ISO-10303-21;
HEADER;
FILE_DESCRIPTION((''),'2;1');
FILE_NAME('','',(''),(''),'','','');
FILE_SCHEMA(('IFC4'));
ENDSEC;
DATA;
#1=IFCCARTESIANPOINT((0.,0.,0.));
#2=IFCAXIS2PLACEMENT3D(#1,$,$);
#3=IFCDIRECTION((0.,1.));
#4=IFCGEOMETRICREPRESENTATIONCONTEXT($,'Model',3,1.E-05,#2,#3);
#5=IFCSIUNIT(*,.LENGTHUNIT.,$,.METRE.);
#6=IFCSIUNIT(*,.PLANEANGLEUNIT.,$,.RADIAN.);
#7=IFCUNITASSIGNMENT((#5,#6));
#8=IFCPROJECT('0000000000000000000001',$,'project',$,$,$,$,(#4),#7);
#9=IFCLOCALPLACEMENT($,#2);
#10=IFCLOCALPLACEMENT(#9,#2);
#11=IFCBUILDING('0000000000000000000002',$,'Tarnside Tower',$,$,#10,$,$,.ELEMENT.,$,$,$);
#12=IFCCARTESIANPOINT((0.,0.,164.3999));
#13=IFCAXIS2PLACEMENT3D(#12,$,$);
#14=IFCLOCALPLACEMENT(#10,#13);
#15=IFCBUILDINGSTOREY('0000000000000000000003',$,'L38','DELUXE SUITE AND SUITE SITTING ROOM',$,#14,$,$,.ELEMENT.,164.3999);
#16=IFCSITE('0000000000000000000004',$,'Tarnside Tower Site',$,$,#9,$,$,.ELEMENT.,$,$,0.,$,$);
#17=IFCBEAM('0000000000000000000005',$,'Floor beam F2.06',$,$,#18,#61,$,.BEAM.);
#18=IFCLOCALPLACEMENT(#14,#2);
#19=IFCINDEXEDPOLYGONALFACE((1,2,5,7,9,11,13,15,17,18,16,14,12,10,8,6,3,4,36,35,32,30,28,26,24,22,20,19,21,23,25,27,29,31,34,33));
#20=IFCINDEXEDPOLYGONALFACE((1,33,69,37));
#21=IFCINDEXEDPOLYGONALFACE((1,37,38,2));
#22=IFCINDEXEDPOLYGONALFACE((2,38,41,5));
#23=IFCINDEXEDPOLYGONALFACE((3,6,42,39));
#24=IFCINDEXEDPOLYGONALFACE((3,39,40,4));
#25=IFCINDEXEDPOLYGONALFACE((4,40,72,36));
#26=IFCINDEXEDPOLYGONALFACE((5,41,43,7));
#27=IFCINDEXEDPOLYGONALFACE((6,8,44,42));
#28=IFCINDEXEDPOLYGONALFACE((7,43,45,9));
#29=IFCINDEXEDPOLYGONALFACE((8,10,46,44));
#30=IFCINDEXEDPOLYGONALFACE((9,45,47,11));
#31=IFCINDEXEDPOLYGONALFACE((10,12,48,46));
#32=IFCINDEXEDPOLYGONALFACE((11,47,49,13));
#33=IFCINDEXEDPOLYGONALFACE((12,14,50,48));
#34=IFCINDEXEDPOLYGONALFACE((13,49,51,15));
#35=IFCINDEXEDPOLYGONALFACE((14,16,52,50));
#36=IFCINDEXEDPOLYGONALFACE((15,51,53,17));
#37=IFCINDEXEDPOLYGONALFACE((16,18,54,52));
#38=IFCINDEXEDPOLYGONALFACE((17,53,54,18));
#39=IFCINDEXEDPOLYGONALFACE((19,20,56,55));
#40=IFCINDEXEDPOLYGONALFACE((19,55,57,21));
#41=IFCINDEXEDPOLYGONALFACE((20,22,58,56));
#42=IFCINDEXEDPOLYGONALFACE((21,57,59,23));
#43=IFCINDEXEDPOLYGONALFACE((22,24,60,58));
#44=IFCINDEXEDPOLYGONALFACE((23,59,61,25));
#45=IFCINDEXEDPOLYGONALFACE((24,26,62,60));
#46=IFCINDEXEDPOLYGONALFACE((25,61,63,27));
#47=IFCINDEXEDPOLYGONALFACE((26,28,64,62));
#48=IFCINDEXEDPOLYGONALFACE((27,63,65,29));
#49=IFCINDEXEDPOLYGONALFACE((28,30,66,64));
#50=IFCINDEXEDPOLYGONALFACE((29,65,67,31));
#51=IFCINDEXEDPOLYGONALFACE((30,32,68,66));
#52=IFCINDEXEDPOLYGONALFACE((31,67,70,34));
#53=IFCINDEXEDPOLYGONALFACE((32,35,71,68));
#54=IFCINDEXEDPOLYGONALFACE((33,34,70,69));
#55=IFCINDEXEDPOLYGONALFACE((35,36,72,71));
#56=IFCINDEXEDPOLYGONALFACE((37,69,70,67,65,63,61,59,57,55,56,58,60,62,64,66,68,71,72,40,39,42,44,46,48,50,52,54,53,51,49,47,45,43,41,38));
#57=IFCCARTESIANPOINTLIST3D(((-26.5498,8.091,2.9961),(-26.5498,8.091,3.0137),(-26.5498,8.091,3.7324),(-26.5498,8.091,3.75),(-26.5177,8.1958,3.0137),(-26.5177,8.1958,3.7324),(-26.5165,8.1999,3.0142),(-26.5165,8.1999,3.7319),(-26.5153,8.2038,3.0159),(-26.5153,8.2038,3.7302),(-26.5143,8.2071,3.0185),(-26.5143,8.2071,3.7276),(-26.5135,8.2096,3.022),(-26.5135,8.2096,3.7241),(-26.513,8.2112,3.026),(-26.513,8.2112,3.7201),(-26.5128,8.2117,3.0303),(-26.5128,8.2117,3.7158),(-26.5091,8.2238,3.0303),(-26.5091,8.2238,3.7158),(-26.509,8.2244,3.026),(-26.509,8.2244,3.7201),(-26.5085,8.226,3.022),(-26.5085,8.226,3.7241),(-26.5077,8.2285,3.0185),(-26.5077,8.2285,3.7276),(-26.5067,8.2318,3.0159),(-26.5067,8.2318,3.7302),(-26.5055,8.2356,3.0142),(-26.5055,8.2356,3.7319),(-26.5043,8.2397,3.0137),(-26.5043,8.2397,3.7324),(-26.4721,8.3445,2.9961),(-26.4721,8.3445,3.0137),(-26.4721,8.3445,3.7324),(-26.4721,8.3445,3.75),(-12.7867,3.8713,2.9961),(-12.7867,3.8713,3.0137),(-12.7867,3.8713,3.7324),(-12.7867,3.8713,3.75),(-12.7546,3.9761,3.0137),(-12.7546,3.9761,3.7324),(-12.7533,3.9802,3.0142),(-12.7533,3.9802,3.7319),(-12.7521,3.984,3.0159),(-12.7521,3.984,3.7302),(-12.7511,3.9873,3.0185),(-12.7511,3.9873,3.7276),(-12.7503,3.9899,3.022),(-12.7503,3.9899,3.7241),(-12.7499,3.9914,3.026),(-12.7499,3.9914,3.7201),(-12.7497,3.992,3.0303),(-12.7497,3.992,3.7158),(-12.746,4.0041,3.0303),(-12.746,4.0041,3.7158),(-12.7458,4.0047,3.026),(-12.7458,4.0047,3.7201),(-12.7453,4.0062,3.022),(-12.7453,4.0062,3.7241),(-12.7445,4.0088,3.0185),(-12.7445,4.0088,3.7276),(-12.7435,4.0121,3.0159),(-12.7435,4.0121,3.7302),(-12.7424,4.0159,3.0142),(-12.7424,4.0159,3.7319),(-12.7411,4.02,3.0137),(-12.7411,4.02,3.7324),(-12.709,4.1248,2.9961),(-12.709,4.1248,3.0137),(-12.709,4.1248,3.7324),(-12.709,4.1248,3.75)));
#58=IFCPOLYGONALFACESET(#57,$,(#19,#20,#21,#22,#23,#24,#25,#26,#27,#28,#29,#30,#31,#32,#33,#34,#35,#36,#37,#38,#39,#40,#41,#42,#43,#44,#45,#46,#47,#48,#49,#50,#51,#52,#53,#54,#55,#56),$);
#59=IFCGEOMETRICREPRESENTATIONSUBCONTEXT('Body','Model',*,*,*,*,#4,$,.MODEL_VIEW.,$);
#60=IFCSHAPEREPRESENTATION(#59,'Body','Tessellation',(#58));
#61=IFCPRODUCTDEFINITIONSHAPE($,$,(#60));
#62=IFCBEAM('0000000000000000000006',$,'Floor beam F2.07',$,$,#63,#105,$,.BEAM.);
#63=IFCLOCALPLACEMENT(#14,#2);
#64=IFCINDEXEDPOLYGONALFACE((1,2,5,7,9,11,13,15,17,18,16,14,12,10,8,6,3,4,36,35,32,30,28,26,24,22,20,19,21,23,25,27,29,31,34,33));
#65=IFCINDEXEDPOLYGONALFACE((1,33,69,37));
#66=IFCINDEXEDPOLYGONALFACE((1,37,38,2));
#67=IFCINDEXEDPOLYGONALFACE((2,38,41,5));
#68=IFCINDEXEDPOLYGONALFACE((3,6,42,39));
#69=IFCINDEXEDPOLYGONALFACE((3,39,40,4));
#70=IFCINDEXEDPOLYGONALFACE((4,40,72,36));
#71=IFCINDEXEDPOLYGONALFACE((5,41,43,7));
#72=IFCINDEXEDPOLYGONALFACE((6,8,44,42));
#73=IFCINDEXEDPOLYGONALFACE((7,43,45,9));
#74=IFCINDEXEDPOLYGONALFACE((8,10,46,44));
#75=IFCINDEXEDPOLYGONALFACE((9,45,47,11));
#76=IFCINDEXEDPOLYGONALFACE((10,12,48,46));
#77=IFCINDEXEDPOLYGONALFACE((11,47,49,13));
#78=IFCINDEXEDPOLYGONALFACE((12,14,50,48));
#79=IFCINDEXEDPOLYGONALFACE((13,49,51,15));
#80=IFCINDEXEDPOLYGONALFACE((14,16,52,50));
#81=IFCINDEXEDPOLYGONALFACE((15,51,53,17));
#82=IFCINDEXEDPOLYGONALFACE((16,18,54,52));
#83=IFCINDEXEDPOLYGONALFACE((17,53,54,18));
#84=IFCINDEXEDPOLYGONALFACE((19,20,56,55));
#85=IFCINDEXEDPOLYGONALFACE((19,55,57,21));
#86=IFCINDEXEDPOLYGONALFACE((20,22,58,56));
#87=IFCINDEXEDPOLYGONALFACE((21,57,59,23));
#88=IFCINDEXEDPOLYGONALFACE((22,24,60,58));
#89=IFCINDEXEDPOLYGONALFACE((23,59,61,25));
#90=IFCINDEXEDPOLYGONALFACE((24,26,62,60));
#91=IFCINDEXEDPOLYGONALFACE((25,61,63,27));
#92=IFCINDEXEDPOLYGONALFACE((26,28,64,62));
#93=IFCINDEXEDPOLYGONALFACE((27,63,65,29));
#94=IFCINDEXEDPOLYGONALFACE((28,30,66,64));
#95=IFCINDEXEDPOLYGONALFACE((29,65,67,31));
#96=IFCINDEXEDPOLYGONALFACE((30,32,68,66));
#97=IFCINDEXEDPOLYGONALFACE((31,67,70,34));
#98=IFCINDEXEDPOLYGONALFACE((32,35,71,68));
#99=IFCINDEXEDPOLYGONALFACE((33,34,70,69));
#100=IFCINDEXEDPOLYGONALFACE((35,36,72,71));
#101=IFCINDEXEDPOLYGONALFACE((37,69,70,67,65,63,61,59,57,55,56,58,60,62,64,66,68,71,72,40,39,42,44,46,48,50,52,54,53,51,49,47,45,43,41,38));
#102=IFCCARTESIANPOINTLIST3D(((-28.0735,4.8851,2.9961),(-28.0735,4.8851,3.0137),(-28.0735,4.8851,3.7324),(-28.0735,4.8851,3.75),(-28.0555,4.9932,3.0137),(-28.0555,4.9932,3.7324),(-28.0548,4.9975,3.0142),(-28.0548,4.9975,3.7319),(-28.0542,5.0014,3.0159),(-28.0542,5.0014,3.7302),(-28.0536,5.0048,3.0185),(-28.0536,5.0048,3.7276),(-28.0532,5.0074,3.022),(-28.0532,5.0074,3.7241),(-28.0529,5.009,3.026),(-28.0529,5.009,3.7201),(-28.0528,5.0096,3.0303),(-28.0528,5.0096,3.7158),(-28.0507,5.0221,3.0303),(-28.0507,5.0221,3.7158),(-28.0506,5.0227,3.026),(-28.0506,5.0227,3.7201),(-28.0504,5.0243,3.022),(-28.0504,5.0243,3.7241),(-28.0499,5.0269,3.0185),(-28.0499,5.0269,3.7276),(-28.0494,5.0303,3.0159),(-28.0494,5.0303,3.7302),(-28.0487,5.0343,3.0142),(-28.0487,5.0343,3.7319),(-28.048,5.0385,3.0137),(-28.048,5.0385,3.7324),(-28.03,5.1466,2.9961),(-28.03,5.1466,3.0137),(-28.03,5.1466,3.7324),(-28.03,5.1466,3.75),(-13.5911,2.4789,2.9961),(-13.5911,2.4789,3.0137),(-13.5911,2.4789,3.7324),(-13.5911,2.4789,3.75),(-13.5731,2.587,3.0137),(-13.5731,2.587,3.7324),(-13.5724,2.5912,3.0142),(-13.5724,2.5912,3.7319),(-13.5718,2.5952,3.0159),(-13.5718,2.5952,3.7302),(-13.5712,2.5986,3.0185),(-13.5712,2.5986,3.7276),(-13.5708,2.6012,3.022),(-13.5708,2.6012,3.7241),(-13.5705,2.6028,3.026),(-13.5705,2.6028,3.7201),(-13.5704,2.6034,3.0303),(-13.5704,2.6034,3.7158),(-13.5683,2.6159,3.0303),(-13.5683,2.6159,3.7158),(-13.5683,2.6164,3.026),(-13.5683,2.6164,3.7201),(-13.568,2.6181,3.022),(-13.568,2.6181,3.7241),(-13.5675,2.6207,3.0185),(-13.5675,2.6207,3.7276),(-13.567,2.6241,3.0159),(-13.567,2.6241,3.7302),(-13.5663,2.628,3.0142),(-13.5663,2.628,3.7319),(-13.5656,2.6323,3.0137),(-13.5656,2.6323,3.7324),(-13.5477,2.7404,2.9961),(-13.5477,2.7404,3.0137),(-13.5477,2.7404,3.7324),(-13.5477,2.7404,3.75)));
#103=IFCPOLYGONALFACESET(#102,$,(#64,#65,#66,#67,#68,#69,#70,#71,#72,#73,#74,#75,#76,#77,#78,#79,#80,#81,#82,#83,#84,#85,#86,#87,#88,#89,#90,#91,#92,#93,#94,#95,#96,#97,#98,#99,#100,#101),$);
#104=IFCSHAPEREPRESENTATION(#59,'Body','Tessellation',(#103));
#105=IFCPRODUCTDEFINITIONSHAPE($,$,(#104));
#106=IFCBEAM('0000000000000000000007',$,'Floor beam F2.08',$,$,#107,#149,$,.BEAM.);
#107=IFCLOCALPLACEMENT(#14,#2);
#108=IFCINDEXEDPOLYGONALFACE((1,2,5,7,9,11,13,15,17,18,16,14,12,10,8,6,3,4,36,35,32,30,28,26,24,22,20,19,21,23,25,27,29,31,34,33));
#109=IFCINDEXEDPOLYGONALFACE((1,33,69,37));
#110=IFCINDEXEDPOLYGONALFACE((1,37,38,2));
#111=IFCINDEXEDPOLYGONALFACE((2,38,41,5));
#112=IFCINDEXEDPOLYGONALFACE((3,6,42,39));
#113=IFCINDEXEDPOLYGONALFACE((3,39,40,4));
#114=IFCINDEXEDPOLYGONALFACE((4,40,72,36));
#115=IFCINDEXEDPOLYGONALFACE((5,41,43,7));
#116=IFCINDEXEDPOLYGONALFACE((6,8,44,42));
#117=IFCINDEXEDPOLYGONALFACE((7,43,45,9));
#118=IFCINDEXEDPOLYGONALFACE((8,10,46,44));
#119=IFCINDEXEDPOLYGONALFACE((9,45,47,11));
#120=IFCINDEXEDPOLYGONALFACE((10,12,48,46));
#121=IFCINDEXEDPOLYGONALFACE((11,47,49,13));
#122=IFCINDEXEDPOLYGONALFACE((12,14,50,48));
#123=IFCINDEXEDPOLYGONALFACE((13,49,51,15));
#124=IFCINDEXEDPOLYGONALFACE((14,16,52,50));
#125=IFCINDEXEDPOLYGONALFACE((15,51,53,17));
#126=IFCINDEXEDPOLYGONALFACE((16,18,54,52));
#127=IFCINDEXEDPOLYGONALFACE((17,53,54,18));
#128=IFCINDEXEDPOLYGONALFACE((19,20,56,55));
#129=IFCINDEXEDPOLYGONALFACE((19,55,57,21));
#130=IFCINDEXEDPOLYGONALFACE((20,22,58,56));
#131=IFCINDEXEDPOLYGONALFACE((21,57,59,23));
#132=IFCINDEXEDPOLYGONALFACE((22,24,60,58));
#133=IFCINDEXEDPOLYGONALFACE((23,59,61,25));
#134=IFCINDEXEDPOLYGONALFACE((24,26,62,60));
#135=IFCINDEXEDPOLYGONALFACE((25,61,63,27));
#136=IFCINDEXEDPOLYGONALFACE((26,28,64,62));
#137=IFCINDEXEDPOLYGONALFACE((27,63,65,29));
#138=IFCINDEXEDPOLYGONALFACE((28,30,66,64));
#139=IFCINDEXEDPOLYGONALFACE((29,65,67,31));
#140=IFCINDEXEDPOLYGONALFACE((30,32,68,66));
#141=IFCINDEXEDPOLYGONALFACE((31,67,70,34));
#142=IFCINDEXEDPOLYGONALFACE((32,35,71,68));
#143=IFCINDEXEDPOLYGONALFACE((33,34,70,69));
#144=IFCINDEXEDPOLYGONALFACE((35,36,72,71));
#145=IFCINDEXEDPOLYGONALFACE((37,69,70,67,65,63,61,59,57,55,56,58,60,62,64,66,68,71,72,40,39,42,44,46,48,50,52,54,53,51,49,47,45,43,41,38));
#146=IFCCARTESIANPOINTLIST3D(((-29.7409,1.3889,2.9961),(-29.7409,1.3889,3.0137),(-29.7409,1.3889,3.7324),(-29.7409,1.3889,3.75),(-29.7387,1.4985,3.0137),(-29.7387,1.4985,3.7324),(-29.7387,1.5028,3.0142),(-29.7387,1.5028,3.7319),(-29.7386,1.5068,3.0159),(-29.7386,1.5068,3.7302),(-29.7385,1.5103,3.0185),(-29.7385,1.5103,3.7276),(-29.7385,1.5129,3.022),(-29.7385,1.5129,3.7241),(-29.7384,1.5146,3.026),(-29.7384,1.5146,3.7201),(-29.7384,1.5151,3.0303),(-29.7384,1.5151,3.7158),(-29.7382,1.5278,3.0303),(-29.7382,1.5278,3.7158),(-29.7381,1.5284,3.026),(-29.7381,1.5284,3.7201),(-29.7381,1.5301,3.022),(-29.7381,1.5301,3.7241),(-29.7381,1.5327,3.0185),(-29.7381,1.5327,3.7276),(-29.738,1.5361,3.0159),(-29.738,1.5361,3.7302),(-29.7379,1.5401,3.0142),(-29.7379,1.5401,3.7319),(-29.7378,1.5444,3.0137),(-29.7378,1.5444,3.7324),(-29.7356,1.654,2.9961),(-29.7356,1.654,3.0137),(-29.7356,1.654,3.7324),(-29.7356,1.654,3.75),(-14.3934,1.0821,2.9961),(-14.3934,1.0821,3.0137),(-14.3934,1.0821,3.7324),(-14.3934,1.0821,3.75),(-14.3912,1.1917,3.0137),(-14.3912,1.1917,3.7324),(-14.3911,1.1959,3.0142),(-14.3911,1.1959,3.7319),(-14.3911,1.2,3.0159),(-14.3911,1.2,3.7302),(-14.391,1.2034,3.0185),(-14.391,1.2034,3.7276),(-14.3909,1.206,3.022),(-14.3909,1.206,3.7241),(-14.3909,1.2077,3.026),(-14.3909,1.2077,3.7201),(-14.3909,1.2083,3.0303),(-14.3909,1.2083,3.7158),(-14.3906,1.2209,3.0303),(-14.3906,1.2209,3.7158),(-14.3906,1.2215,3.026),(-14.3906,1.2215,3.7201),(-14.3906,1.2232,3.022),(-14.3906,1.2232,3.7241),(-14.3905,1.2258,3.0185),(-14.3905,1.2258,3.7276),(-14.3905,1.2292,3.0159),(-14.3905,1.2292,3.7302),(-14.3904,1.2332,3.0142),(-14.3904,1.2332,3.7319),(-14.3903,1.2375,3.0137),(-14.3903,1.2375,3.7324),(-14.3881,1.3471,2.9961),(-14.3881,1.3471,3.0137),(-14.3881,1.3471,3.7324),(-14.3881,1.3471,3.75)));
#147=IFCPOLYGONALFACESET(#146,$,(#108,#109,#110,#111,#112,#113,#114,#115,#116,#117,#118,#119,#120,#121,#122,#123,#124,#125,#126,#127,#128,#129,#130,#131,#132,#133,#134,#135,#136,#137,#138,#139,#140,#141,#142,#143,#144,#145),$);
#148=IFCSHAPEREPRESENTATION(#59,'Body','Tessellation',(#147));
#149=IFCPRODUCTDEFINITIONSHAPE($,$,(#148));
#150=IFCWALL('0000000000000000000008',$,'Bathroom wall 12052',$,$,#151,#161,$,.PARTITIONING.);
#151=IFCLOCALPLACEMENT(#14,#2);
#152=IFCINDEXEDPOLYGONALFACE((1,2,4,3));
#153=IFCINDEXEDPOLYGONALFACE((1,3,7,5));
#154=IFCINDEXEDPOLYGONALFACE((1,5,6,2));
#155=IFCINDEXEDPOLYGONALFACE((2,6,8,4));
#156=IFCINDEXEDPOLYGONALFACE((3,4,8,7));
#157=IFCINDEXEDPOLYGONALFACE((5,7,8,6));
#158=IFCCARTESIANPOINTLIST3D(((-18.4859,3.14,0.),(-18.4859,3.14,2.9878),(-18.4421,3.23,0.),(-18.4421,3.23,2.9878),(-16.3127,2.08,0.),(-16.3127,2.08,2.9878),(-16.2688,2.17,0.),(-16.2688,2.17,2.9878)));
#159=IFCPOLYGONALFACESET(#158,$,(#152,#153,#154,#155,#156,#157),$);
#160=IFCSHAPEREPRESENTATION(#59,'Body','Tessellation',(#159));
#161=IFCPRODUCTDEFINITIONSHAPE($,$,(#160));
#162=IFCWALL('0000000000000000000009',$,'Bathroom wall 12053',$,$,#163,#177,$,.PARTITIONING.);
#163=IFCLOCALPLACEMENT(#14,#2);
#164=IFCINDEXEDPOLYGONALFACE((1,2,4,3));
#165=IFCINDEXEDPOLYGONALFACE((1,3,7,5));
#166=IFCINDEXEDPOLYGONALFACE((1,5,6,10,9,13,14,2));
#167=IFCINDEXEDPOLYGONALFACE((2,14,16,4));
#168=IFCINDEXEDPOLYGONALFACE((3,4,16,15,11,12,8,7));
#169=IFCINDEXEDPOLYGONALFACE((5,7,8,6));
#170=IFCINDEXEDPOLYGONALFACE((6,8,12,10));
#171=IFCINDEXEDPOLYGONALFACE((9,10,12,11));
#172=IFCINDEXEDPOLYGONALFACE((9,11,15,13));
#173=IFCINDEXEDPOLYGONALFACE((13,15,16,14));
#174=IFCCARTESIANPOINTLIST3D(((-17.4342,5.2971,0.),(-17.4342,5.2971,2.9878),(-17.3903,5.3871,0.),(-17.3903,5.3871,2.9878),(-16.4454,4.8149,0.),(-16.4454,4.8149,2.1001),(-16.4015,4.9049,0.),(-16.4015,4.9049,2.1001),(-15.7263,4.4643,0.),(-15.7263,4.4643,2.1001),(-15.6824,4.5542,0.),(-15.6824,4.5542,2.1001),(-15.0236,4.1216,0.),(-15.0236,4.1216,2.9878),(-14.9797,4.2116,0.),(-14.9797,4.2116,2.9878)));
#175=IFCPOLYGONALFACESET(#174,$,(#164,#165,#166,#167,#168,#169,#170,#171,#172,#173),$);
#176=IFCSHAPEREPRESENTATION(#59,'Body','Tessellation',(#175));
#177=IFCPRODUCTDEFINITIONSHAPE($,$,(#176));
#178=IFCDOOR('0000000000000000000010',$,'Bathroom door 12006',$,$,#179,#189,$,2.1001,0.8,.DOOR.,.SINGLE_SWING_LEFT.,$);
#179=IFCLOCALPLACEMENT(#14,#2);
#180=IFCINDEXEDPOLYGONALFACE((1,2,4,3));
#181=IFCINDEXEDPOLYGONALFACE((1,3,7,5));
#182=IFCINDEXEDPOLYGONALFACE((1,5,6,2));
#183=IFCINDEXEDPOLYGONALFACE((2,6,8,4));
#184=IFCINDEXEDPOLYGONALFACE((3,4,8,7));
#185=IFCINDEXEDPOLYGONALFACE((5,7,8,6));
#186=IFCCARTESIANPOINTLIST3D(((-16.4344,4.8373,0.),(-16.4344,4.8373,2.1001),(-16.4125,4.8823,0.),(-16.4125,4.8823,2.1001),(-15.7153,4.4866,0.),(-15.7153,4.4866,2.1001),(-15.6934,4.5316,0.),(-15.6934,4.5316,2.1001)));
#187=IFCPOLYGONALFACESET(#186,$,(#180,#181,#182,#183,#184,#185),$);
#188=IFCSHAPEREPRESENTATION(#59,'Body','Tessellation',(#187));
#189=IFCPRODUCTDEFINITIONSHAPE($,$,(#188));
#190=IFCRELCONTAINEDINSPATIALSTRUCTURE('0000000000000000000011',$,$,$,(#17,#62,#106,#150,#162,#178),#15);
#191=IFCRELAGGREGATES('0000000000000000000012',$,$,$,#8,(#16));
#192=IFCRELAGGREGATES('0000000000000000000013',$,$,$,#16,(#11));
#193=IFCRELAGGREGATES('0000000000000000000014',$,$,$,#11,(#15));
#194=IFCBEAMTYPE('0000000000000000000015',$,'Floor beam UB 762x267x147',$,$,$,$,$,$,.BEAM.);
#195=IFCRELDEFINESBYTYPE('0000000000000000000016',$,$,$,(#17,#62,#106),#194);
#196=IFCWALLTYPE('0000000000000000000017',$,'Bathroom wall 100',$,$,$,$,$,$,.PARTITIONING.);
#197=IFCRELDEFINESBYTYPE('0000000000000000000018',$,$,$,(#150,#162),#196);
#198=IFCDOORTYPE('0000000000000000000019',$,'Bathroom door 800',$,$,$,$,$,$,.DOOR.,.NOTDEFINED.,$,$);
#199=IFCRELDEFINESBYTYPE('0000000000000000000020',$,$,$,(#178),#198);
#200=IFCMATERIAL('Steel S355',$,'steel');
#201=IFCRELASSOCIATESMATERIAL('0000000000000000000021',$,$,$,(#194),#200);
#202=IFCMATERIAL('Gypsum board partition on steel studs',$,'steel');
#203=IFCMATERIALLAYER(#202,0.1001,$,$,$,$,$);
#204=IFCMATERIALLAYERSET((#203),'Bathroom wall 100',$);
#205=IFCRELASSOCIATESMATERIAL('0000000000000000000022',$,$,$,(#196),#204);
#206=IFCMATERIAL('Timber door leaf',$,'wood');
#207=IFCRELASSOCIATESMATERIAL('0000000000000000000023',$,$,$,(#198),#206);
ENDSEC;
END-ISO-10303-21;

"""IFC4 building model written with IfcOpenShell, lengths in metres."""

from ifc_helpers import new_model, si_unit, direction, frame, frame_2d, origin, origin_2d, place, context, subcontext, project, spatial, rectangle, i_section, extrude, material, layer, layer_set, material_profile, profile_set, type_object, element, fill, save


model = new_model("IFC4")

# Units and contexts
model_context = context("Model", 3, precision=1e-05, world=origin(), true_north=direction((0.0, 1.0)))
body_context = subcontext(model_context, "Body", "Model", "MODEL_VIEW")
ifc_project = project(units=[si_unit("LENGTHUNIT", "METRE"), si_unit("PLANEANGLEUNIT", "RADIAN")], contexts=[model_context])

# Site, building, storey
site_placement = place(None, origin())
site = spatial("IfcSite", under=ifc_project, at=site_placement, Name="Tarnside Tower Site", CompositionType="ELEMENT", RefElevation=0.0)
building_placement = place(site_placement, origin())
building = spatial("IfcBuilding", under=site, at=building_placement, Name="Tarnside Tower", CompositionType="ELEMENT")
storey_placement = place(building_placement, frame((0.0, 0.0, 164.3999)))
storey = spatial("IfcBuildingStorey", under=building, at=storey_placement, Name="L38", Description="DELUXE SUITE AND SUITE SITTING ROOM", CompositionType="ELEMENT", Elevation=164.3999)

# Beams
ifc_material_1 = material(Name="Steel S355", Category="steel")
ifc_material_profile = material_profile(ifc_material_1, i_section(OverallWidth=0.2651, OverallDepth=0.7539, WebThickness=0.0127, FlangeThickness=0.0176, FilletRadius=0.0166, at=origin_2d()), Name="UB 762x267x147")
ifc_profile_set = profile_set([ifc_material_profile], Name="Steel S355")
beam_type = type_object("IfcBeamType", Name="Floor beam UB 762x267x147", PredefinedType="BEAM", material=ifc_profile_set)
beam_1_placement = place(storey_placement, frame((-26.511, 8.2178, 3.373), z_axis=(0.956073, -0.293128, 0.0), x_axis=(0.293128, 0.956073, 0.0)))
element("IfcBeam", 1, at=beam_1_placement, inside=storey, type_object=beam_type, Name="Floor beam F2.06", PredefinedType="BEAM", context=body_context, shape_type="SweptSolid", body=[
    extrude(i_section(OverallWidth=0.2651, OverallDepth=0.7539, WebThickness=0.0127, FlangeThickness=0.0176, FilletRadius=0.0166, at=origin_2d()), origin(), (0.0, 0.0, 1.0), 14.3955),
])
beam_2_placement = place(storey_placement, frame((-28.0518, 5.0159, 3.373), z_axis=(0.986476, -0.163903, 0.0), x_axis=(0.163903, 0.986476, 0.0)))
element("IfcBeam", 2, at=beam_2_placement, inside=storey, type_object=beam_type, Name="Floor beam F2.07", PredefinedType="BEAM", context=body_context, shape_type="SweptSolid", body=[
    extrude(i_section(OverallWidth=0.2651, OverallDepth=0.7539, WebThickness=0.0127, FlangeThickness=0.0176, FilletRadius=0.0166, at=origin_2d()), origin(), (0.0, 0.0, 1.0), 14.6809),
])
beam_3_placement = place(storey_placement, frame((-29.7383, 1.5215, 3.373), z_axis=(0.9998, -0.019992, 0.0), x_axis=(0.019992, 0.9998, 0.0)))
element("IfcBeam", 3, at=beam_3_placement, inside=storey, type_object=beam_type, Name="Floor beam F2.08", PredefinedType="BEAM", context=body_context, shape_type="SweptSolid", body=[
    extrude(i_section(OverallWidth=0.2651, OverallDepth=0.7539, WebThickness=0.0127, FlangeThickness=0.0176, FilletRadius=0.0166, at=origin_2d()), origin(), (0.0, 0.0, 1.0), 15.3506),
])

# Wall
ifc_material_2 = material(Name="Gypsum board partition on steel studs", Category="steel")
ifc_layer_1 = layer(ifc_material_2, 0.1001)
ifc_layer_set_1 = layer_set([ifc_layer_1], Name="Bathroom wall 100")
wall_type_1 = type_object("IfcWallType", Name="Bathroom wall 100", PredefinedType="PARTITIONING", material=ifc_layer_set_1)
wall_1_placement = place(storey_placement, frame((-16.2908, 2.125, 0.0), z_axis=(0.0, 0.0, 1.0), x_axis=(-0.898786, 0.438388, 0.0)))
element("IfcWall", 4, at=wall_1_placement, inside=storey, type_object=wall_type_1, Name="Bathroom wall 12052", PredefinedType="PARTITIONING", context=body_context, shape_type="SweptSolid", body=[
    extrude(rectangle(XDim=2.418, YDim=0.1001, at=frame_2d((1.209, 0.0))), origin(), (0.0, 0.0, 1.0), 2.9878),
])

# Wall, opening, door
wall_2_placement = place(storey_placement, frame((-17.4121, 5.342, 0.0), z_axis=(0.0, 0.0, 1.0), x_axis=(0.898825, -0.438307, 0.0)))
wall_2 = element("IfcWall", 5, at=wall_2_placement, inside=storey, type_object=wall_type_1, Name="Bathroom wall 12053", PredefinedType="PARTITIONING", context=body_context, shape_type="SweptSolid", body=[
    extrude(rectangle(XDim=2.6819, YDim=0.1001, at=frame_2d((1.3408, 0.0))), origin(), (0.0, 0.0, 1.0), 2.9878),
])
opening_1_placement = place(wall_2_placement, frame((1.1001, 0.0, 0.0)))
opening_1 = element("IfcOpeningElement", 6, at=opening_1_placement, cuts=wall_2, PredefinedType="OPENING", context=body_context, shape_type="SweptSolid", body=[
    extrude(rectangle(XDim=0.8, YDim=2.1001, at=frame_2d((0.3999, 1.05))), frame((0.0, 0.0601, 0.0), z_axis=(0.0, -1.0, 0.0), x_axis=(1.0, 0.0, 0.0)), (0.0, 0.0, 1.0), 0.1201),
])
ifc_material_3 = material(Name="Timber door leaf", Category="wood")
door_type_1 = type_object("IfcDoorType", Name="Bathroom door 800", OperationType="NOTDEFINED", PredefinedType="DOOR", material=ifc_material_3)
door_1_placement = place(opening_1_placement, origin())
door_1 = element("IfcDoor", 7, at=door_1_placement, inside=storey, type_object=door_type_1, Name="Bathroom door 12006", OperationType="SINGLE_SWING_LEFT", OverallHeight=2.1001, OverallWidth=0.8, PredefinedType="DOOR", context=body_context, shape_type="SweptSolid", body=[
    extrude(rectangle(XDim=0.8, YDim=2.1001, at=frame_2d((0.3999, 1.05))), frame((0.0, 0.0249, 0.0), z_axis=(0.0, -1.0, 0.0), x_axis=(1.0, 0.0, 0.0)), (0.0, 0.0, 1.0), 0.05),
])
fill(opening_1, door_1)

save(model, "model.ifc")
